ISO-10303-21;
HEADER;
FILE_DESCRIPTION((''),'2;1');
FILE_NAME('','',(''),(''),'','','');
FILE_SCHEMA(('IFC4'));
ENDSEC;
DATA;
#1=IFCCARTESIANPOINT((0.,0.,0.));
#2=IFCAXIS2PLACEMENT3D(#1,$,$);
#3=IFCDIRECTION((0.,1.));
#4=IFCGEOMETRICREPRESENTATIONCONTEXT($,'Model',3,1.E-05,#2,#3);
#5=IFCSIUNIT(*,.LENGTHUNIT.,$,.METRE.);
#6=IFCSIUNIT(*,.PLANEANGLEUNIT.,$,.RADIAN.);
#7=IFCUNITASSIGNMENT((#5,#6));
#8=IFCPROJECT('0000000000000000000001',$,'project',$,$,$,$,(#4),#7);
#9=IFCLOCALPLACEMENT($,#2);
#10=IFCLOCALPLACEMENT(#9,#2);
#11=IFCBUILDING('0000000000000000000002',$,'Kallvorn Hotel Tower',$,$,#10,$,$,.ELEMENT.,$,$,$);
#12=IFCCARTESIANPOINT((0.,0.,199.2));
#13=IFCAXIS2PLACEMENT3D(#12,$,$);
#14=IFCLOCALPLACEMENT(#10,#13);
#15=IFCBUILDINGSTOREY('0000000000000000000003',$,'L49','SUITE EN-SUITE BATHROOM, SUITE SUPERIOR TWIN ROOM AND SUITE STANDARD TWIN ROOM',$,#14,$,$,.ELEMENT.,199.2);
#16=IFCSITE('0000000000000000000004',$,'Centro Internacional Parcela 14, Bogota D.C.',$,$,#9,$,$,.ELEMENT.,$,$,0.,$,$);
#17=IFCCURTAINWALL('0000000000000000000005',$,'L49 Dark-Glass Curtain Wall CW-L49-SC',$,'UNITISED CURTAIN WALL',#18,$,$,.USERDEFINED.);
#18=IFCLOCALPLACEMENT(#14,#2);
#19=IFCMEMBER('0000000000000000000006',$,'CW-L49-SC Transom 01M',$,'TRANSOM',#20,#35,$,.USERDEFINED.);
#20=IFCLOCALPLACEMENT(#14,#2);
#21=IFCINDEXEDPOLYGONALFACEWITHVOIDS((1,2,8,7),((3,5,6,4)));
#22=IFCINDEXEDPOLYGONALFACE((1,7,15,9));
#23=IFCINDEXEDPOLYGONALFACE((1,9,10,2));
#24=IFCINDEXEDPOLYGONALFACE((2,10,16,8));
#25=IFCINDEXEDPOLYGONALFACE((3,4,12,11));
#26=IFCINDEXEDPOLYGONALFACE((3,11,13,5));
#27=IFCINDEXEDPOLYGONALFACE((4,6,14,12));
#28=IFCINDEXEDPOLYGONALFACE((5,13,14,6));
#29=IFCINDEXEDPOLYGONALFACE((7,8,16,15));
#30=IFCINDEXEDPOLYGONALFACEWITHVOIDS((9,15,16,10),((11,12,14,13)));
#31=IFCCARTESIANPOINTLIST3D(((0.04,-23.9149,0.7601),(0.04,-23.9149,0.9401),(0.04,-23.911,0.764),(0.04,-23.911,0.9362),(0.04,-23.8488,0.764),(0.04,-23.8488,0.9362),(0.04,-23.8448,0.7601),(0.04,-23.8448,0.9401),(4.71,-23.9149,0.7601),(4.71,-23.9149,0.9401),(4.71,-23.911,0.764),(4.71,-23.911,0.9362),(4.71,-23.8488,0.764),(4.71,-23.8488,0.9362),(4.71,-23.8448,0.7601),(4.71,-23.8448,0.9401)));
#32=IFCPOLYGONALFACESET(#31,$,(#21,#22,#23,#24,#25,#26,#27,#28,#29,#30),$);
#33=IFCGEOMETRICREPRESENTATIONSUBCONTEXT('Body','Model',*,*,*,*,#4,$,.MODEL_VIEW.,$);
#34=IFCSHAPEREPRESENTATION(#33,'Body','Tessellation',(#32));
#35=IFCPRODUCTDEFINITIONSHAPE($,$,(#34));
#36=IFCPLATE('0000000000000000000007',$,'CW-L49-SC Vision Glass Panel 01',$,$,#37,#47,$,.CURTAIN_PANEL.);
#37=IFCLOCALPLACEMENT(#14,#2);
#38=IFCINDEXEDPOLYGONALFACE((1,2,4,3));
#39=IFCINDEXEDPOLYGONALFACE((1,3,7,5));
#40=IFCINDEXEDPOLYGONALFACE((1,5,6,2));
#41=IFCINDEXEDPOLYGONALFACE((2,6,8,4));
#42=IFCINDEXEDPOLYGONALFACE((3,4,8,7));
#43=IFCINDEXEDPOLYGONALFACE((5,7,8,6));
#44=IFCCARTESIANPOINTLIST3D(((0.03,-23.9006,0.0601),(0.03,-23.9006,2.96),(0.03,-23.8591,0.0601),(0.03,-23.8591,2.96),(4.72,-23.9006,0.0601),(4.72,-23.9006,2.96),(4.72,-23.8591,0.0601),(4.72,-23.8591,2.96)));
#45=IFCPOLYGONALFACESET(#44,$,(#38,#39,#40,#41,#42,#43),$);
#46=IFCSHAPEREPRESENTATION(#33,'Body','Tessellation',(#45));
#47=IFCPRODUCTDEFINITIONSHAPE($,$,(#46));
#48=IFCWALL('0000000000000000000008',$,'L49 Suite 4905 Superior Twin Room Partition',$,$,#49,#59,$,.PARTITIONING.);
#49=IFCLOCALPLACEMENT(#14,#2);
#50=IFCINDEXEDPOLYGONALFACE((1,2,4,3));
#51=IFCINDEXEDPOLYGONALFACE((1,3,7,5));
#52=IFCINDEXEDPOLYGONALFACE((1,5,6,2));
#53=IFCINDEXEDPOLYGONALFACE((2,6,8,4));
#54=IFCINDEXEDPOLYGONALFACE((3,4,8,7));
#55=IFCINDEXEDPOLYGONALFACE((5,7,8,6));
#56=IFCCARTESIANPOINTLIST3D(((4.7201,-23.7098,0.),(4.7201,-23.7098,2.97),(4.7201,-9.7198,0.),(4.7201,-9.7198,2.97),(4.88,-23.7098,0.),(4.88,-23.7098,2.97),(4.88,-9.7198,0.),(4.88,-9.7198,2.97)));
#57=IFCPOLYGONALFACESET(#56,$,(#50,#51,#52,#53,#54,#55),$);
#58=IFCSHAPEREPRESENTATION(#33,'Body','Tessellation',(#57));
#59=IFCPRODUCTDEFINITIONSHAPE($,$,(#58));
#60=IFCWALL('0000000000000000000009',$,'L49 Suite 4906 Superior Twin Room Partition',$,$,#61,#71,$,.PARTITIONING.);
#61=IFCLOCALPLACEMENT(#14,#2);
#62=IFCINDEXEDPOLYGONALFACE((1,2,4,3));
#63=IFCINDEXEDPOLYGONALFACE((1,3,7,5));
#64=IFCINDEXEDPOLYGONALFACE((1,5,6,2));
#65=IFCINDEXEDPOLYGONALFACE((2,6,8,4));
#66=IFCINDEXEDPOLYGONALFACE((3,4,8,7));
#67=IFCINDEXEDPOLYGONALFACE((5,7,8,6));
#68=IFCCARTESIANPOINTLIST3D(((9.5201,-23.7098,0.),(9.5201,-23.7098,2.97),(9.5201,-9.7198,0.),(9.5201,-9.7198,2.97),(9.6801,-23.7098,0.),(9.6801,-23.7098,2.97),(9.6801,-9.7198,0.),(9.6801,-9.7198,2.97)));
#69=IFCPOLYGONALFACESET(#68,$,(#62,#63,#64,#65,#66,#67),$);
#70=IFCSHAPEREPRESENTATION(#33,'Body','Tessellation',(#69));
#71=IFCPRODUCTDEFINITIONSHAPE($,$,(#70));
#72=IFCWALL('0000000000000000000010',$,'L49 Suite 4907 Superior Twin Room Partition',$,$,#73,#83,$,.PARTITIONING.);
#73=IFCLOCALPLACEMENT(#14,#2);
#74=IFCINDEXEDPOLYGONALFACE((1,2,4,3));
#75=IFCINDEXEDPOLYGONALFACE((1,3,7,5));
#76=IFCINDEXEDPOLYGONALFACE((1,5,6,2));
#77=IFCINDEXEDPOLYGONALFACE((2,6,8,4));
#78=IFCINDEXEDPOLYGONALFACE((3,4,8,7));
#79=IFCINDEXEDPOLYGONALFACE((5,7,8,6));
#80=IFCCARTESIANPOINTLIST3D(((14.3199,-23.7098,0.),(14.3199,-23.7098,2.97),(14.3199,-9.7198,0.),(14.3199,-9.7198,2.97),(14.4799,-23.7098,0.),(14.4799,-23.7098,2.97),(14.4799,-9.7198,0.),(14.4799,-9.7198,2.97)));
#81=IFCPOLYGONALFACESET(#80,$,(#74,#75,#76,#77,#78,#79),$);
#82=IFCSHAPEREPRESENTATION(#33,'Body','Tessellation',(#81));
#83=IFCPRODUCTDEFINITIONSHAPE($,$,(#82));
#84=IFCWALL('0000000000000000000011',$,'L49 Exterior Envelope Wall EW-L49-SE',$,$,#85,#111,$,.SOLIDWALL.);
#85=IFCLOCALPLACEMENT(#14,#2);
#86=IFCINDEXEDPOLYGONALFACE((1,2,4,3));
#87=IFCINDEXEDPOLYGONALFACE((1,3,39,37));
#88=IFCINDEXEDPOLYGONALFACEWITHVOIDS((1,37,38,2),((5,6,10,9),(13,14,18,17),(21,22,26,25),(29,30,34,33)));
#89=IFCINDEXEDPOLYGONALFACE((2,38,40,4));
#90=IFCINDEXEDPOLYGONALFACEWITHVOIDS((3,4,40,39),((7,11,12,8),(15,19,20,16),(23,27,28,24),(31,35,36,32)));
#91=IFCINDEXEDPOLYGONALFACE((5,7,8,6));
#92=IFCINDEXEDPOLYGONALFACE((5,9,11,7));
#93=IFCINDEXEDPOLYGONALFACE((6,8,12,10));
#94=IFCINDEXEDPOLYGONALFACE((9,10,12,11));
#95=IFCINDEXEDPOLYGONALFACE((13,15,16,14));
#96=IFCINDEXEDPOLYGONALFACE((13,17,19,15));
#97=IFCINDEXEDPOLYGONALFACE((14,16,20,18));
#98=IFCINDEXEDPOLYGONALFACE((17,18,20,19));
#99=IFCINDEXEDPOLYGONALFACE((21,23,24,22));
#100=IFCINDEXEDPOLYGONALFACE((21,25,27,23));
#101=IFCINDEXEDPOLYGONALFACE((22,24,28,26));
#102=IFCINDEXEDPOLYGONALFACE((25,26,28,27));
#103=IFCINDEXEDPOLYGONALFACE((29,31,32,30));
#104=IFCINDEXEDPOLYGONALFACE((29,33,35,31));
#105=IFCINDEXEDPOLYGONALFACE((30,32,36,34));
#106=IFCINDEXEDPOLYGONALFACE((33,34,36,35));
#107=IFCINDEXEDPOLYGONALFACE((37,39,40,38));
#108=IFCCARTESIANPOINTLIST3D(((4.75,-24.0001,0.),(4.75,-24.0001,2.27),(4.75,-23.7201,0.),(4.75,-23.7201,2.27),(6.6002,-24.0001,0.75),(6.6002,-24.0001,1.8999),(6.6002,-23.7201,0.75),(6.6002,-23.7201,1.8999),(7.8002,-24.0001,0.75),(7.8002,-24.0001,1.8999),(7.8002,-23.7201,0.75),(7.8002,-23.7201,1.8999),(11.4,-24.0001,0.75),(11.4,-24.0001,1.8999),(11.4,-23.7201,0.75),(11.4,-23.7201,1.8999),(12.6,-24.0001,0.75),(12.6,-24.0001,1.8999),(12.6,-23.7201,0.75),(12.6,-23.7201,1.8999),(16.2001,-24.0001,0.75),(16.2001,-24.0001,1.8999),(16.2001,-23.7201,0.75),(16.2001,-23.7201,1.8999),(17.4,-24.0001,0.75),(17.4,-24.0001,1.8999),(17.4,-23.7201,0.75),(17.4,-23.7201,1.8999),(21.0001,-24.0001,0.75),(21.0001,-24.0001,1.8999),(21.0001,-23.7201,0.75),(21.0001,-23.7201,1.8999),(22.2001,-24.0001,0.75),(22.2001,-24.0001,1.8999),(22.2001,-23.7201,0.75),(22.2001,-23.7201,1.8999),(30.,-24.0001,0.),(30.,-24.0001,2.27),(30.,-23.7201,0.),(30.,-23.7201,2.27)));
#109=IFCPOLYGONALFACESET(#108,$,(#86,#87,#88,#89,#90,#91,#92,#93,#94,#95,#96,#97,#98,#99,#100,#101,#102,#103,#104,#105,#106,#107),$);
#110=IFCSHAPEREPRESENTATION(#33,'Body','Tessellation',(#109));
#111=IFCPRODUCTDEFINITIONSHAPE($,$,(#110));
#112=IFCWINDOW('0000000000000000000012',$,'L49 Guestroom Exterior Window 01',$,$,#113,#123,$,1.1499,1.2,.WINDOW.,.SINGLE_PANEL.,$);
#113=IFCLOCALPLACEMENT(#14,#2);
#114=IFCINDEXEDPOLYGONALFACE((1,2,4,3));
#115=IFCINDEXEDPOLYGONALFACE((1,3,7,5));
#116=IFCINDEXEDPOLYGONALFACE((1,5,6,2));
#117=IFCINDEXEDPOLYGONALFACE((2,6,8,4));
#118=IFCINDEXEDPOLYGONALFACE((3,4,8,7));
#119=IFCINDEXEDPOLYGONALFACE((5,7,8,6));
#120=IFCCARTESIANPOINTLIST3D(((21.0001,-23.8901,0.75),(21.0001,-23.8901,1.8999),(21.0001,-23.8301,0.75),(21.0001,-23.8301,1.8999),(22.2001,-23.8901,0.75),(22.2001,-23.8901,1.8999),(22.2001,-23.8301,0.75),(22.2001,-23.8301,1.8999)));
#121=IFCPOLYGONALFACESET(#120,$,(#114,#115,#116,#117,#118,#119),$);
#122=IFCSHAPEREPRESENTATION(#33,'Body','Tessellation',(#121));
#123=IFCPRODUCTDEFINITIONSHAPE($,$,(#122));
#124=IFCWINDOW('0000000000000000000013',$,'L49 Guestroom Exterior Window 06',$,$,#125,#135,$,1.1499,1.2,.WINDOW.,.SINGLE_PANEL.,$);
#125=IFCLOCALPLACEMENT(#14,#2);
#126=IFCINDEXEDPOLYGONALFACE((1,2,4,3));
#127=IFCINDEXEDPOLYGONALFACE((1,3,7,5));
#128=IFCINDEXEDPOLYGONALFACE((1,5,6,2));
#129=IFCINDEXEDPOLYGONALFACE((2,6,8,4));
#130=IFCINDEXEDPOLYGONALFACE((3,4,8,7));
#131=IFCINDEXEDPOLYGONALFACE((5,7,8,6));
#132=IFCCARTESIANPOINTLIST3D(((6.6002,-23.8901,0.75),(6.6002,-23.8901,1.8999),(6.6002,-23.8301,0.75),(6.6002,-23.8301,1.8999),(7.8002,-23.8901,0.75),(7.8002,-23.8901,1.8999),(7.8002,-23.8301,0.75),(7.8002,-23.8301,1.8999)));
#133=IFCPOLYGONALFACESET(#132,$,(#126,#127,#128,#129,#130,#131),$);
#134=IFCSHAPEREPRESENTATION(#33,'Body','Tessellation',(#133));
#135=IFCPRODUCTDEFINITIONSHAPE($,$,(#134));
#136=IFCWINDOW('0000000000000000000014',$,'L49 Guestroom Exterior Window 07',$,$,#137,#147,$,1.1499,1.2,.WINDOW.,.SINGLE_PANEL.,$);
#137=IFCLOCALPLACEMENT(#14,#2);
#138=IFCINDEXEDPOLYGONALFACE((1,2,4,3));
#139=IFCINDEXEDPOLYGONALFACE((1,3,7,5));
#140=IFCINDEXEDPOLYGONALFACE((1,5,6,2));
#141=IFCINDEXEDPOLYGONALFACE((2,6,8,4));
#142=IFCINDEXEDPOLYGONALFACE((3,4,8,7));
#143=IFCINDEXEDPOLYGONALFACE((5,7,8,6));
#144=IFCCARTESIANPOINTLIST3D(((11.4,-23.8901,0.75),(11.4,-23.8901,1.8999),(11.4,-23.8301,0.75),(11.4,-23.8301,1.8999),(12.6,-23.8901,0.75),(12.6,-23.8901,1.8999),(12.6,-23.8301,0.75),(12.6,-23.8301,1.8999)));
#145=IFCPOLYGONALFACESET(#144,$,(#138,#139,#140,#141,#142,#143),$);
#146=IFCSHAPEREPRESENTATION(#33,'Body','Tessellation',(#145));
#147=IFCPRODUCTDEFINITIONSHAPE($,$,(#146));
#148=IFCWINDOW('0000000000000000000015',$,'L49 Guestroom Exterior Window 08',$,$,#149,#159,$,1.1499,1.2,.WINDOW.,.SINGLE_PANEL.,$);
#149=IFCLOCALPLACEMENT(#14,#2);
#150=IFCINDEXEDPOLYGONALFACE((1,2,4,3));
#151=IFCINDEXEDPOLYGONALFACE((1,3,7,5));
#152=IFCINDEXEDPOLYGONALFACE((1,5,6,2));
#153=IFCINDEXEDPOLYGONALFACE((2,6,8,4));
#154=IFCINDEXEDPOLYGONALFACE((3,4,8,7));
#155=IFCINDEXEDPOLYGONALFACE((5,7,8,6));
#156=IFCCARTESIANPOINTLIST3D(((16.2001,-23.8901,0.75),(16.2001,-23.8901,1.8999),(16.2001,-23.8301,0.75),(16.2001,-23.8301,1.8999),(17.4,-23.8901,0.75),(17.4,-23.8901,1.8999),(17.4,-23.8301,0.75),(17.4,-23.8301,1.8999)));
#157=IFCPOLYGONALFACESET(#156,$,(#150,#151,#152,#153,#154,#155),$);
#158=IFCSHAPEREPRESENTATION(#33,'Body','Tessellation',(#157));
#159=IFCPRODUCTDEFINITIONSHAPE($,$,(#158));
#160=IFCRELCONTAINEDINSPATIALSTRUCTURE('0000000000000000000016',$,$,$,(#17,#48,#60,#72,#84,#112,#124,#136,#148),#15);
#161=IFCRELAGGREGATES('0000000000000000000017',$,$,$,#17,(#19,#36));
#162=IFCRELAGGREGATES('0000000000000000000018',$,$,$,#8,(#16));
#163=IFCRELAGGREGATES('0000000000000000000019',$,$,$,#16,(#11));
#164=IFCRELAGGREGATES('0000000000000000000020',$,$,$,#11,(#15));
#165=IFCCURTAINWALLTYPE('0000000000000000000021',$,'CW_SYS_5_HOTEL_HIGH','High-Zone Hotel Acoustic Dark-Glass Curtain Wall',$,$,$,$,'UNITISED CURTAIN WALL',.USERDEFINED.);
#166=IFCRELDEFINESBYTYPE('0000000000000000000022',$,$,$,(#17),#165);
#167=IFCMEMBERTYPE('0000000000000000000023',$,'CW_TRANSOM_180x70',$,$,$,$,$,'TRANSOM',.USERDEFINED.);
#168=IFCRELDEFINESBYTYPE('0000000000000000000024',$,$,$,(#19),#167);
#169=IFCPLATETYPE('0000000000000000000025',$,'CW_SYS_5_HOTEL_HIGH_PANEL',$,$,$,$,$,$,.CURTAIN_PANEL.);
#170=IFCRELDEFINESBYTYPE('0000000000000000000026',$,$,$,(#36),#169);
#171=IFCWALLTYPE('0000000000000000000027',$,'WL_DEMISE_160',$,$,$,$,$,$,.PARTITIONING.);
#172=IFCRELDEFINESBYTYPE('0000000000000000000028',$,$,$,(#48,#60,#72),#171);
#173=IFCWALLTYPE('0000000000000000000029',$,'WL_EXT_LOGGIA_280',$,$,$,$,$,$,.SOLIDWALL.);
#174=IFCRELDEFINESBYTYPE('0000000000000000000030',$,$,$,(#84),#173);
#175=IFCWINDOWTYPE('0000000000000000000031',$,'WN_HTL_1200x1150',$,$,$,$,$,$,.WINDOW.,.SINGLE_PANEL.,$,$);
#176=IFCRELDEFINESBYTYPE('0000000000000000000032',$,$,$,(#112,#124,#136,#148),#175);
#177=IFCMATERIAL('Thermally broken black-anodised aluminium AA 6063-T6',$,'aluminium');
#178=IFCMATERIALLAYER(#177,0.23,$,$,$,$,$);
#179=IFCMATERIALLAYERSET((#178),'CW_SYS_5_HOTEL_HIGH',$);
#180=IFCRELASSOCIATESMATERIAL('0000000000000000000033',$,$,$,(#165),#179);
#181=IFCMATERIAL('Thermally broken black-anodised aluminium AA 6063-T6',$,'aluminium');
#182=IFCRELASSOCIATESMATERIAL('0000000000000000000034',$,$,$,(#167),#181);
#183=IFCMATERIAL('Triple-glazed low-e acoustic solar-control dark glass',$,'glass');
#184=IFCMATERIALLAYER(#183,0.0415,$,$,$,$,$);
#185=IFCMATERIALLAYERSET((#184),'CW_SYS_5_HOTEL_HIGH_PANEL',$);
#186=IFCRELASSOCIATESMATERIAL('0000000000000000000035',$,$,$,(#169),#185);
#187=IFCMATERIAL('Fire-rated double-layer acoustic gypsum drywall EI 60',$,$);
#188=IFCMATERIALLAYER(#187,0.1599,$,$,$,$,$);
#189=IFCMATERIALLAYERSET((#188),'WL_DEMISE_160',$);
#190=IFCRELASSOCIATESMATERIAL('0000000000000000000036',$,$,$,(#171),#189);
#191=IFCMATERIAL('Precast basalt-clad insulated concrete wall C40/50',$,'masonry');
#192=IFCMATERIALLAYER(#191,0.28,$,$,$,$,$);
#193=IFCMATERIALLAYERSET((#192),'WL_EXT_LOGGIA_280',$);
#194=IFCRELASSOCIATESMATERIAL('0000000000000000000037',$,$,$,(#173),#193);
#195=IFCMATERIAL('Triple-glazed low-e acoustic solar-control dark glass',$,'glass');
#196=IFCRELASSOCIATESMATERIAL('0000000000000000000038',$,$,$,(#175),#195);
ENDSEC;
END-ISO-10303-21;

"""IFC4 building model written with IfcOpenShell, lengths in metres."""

from ifc_helpers import new_model, si_unit, direction, frame, frame_2d, origin, origin_2d, place, context, subcontext, project, spatial, rectangle, hollow_rectangle, extrude, material, layer, layer_set, material_profile, profile_set, type_object, element, fill, aggregate, save


model = new_model("IFC4")

# Units and contexts
model_context = context("Model", 3, precision=1e-05, world=origin(), true_north=direction((0.0, 1.0)))
body_context = subcontext(model_context, "Body", "Model", "MODEL_VIEW")
ifc_project = project(units=[si_unit("LENGTHUNIT", "METRE"), si_unit("PLANEANGLEUNIT", "RADIAN")], contexts=[model_context])

# Site, building, storey
site_placement = place(None, origin())
site = spatial("IfcSite", under=ifc_project, at=site_placement, Name="Centro Internacional Parcela 14, Bogota D.C.", CompositionType="ELEMENT", RefElevation=0.0)
building_placement = place(site_placement, origin())
building = spatial("IfcBuilding", under=site, at=building_placement, Name="Kallvorn Hotel Tower", CompositionType="ELEMENT")
storey_placement = place(building_placement, frame((0.0, 0.0, 199.2)))
storey = spatial("IfcBuildingStorey", under=building, at=storey_placement, Name="L49", Description="SUITE EN-SUITE BATHROOM, SUITE SUPERIOR TWIN ROOM AND SUITE STANDARD TWIN ROOM", CompositionType="ELEMENT", Elevation=199.2)

# Curtain wall, member, plate
ifc_material_1 = material(Name="Thermally broken black-anodised aluminium AA 6063-T6", Category="aluminium")
ifc_layer_1 = layer(ifc_material_1, 0.23)
ifc_layer_set_1 = layer_set([ifc_layer_1], Name="CW_SYS_5_HOTEL_HIGH")
curtain_wall_type = type_object("IfcCurtainWallType", Name="CW_SYS_5_HOTEL_HIGH", Description="High-Zone Hotel Acoustic Dark-Glass Curtain Wall", ElementType="UNITISED CURTAIN WALL", PredefinedType="USERDEFINED", material=ifc_layer_set_1)
curtain_wall_placement = place(storey_placement, origin())
curtain_wall = element("IfcCurtainWall", 1, at=curtain_wall_placement, inside=storey, type_object=curtain_wall_type, Name="L49 Dark-Glass Curtain Wall CW-L49-SC", ObjectType="UNITISED CURTAIN WALL", PredefinedType="USERDEFINED")
ifc_material_2 = material(Name="Thermally broken black-anodised aluminium AA 6063-T6", Category="aluminium")
ifc_material_profile_1 = material_profile(ifc_material_2, hollow_rectangle(XDim=0.0701, YDim=0.1799, WallThickness=0.0039, at=origin_2d()), Name="TRN 180x70")
ifc_profile_set_1 = profile_set([ifc_material_profile_1], Name="Thermally broken black-anodised aluminium AA 6063-T6")
member_type_1 = type_object("IfcMemberType", Name="CW_TRANSOM_180x70", ElementType="TRANSOM", PredefinedType="USERDEFINED", material=ifc_profile_set_1)
member_1_placement = place(storey_placement, frame((0.04, -23.8799, 0.8501), z_axis=(1.0, 0.0, 0.0), x_axis=(0.0, 1.0, 0.0)))
member_1 = element("IfcMember", 2, at=member_1_placement, type_object=member_type_1, Name="CW-L49-SC Transom 01M", ObjectType="TRANSOM", PredefinedType="USERDEFINED", context=body_context, shape_type="SweptSolid", body=[
    extrude(hollow_rectangle(XDim=0.0701, YDim=0.1799, WallThickness=0.0039, at=origin_2d()), origin(), (0.0, 0.0, 1.0), 4.6699),
])
ifc_material_3 = material(Name="Triple-glazed low-e acoustic solar-control dark glass", Category="glass")
ifc_layer_2 = layer(ifc_material_3, 0.0415)
ifc_layer_set_2 = layer_set([ifc_layer_2], Name="CW_SYS_5_HOTEL_HIGH_PANEL")
plate_type = type_object("IfcPlateType", Name="CW_SYS_5_HOTEL_HIGH_PANEL", PredefinedType="CURTAIN_PANEL", material=ifc_layer_set_2)
plate_placement = place(storey_placement, frame((2.375, -23.8799, 0.0601), z_axis=(0.0, 0.0, 1.0), x_axis=(1.0, 0.0, 0.0)))
plate = element("IfcPlate", 3, at=plate_placement, type_object=plate_type, Name="CW-L49-SC Vision Glass Panel 01", PredefinedType="CURTAIN_PANEL", context=body_context, shape_type="SweptSolid", body=[
    extrude(rectangle(XDim=4.6899, YDim=0.0415, at=origin_2d()), origin(), (0.0, 0.0, 1.0), 2.8999),
])
aggregate(curtain_wall, [member_1, plate])

# Walls
ifc_material_4 = material(Name="Fire-rated double-layer acoustic gypsum drywall EI 60")
ifc_layer_3 = layer(ifc_material_4, 0.1599)
ifc_layer_set_3 = layer_set([ifc_layer_3], Name="WL_DEMISE_160")
wall_type_1 = type_object("IfcWallType", Name="WL_DEMISE_160", PredefinedType="PARTITIONING", material=ifc_layer_set_3)
for number, where, z_axis, x_axis, name in (
    (4, (4.8, -23.71, 0.0), (0.0, 0.0, 1.0), (0.0, 1.0, 0.0), "L49 Suite 4905 Superior Twin Room Partition"),
    (5, (9.6001, -23.71, 0.0), (0.0, 0.0, 1.0), (0.0, 1.0, 0.0), "L49 Suite 4906 Superior Twin Room Partition"),
    (6, (14.3999, -23.71, 0.0), (0.0, 0.0, 1.0), (0.0, 1.0, 0.0), "L49 Suite 4907 Superior Twin Room Partition"),
):
    element("IfcWall", number, at=place(storey_placement, frame(where, z_axis=z_axis, x_axis=x_axis)), inside=storey, type_object=wall_type_1, Name=name, PredefinedType="PARTITIONING", context=body_context, shape_type="SweptSolid", body=[
        extrude(rectangle(XDim=13.99, YDim=0.1599, at=frame_2d((6.9951, 0.0))), origin(), (0.0, 0.0, 1.0), 2.97),
    ])

# Wall, openings, windows
ifc_material_5 = material(Name="Precast basalt-clad insulated concrete wall C40/50", Category="masonry")
ifc_layer_4 = layer(ifc_material_5, 0.28)
ifc_layer_set_4 = layer_set([ifc_layer_4], Name="WL_EXT_LOGGIA_280")
wall_type_2 = type_object("IfcWallType", Name="WL_EXT_LOGGIA_280", PredefinedType="SOLIDWALL", material=ifc_layer_set_4)
wall_placement = place(storey_placement, frame((4.75, -23.8601, 0.0), z_axis=(0.0, 0.0, 1.0), x_axis=(1.0, 0.0, 0.0)))
wall = element("IfcWall", 7, at=wall_placement, inside=storey, type_object=wall_type_2, Name="L49 Exterior Envelope Wall EW-L49-SE", PredefinedType="SOLIDWALL", context=body_context, shape_type="SweptSolid", body=[
    extrude(rectangle(XDim=25.25, YDim=0.28, at=frame_2d((12.625, 0.0))), origin(), (0.0, 0.0, 1.0), 2.27),
])
opening_1_placement = place(wall_placement, frame((16.25, 0.0, 0.75)))
opening_1 = element("IfcOpeningElement", 8, at=opening_1_placement, cuts=wall, PredefinedType="OPENING", context=body_context, shape_type="SweptSolid", body=[
    extrude(rectangle(XDim=1.2, YDim=1.1499, at=frame_2d((0.6001, 0.575))), frame((0.0, 0.155, 0.0), z_axis=(0.0, -1.0, 0.0), x_axis=(1.0, 0.0, 0.0)), (0.0, 0.0, 1.0), 0.3101),
])
opening_2_placement = place(wall_placement, frame((1.8501, 0.0, 0.75)))
opening_2 = element("IfcOpeningElement", 9, at=opening_2_placement, cuts=wall, PredefinedType="OPENING", context=body_context, shape_type="SweptSolid", body=[
    extrude(rectangle(XDim=1.2, YDim=1.1499, at=frame_2d((0.6001, 0.575))), frame((0.0, 0.155, 0.0), z_axis=(0.0, -1.0, 0.0), x_axis=(1.0, 0.0, 0.0)), (0.0, 0.0, 1.0), 0.3101),
])
opening_3_placement = place(wall_placement, frame((6.6499, 0.0, 0.75)))
opening_3 = element("IfcOpeningElement", 10, at=opening_3_placement, cuts=wall, PredefinedType="OPENING", context=body_context, shape_type="SweptSolid", body=[
    extrude(rectangle(XDim=1.2, YDim=1.1499, at=frame_2d((0.6001, 0.575))), frame((0.0, 0.155, 0.0), z_axis=(0.0, -1.0, 0.0), x_axis=(1.0, 0.0, 0.0)), (0.0, 0.0, 1.0), 0.3101),
])
opening_4_placement = place(wall_placement, frame((11.45, 0.0, 0.75)))
opening_4 = element("IfcOpeningElement", 11, at=opening_4_placement, cuts=wall, PredefinedType="OPENING", context=body_context, shape_type="SweptSolid", body=[
    extrude(rectangle(XDim=1.2, YDim=1.1499, at=frame_2d((0.6001, 0.575))), frame((0.0, 0.155, 0.0), z_axis=(0.0, -1.0, 0.0), x_axis=(1.0, 0.0, 0.0)), (0.0, 0.0, 1.0), 0.3101),
])
ifc_material_6 = material(Name="Triple-glazed low-e acoustic solar-control dark glass", Category="glass")
window_type = type_object("IfcWindowType", Name="WN_HTL_1200x1150", PartitioningType="SINGLE_PANEL", PredefinedType="WINDOW", material=ifc_material_6)
window_1_placement = place(opening_1_placement, origin())
window_1 = element("IfcWindow", 12, at=window_1_placement, inside=storey, type_object=window_type, Name="L49 Guestroom Exterior Window 01", OverallHeight=1.1499, OverallWidth=1.2, PartitioningType="SINGLE_PANEL", PredefinedType="WINDOW", context=body_context, shape_type="SweptSolid", body=[
    extrude(rectangle(XDim=1.2, YDim=1.1499, at=frame_2d((0.6001, 0.575))), frame((0.0, 0.03, 0.0), z_axis=(0.0, -1.0, 0.0), x_axis=(1.0, 0.0, 0.0)), (0.0, 0.0, 1.0), 0.0601),
])
fill(opening_1, window_1)
window_2_placement = place(opening_2_placement, origin())
window_2 = element("IfcWindow", 13, at=window_2_placement, inside=storey, type_object=window_type, Name="L49 Guestroom Exterior Window 06", OverallHeight=1.1499, OverallWidth=1.2, PartitioningType="SINGLE_PANEL", PredefinedType="WINDOW", context=body_context, shape_type="SweptSolid", body=[
    extrude(rectangle(XDim=1.2, YDim=1.1499, at=frame_2d((0.6001, 0.575))), frame((0.0, 0.03, 0.0), z_axis=(0.0, -1.0, 0.0), x_axis=(1.0, 0.0, 0.0)), (0.0, 0.0, 1.0), 0.0601),
])
fill(opening_2, window_2)
window_3_placement = place(opening_3_placement, origin())
window_3 = element("IfcWindow", 14, at=window_3_placement, inside=storey, type_object=window_type, Name="L49 Guestroom Exterior Window 07", OverallHeight=1.1499, OverallWidth=1.2, PartitioningType="SINGLE_PANEL", PredefinedType="WINDOW", context=body_context, shape_type="SweptSolid", body=[
    extrude(rectangle(XDim=1.2, YDim=1.1499, at=frame_2d((0.6001, 0.575))), frame((0.0, 0.03, 0.0), z_axis=(0.0, -1.0, 0.0), x_axis=(1.0, 0.0, 0.0)), (0.0, 0.0, 1.0), 0.0601),
])
fill(opening_3, window_3)
window_4_placement = place(opening_4_placement, origin())
window_4 = element("IfcWindow", 15, at=window_4_placement, inside=storey, type_object=window_type, Name="L49 Guestroom Exterior Window 08", OverallHeight=1.1499, OverallWidth=1.2, PartitioningType="SINGLE_PANEL", PredefinedType="WINDOW", context=body_context, shape_type="SweptSolid", body=[
    extrude(rectangle(XDim=1.2, YDim=1.1499, at=frame_2d((0.6001, 0.575))), frame((0.0, 0.03, 0.0), z_axis=(0.0, -1.0, 0.0), x_axis=(1.0, 0.0, 0.0)), (0.0, 0.0, 1.0), 0.0601),
])
fill(opening_4, window_4)

save(model, "model.ifc")
